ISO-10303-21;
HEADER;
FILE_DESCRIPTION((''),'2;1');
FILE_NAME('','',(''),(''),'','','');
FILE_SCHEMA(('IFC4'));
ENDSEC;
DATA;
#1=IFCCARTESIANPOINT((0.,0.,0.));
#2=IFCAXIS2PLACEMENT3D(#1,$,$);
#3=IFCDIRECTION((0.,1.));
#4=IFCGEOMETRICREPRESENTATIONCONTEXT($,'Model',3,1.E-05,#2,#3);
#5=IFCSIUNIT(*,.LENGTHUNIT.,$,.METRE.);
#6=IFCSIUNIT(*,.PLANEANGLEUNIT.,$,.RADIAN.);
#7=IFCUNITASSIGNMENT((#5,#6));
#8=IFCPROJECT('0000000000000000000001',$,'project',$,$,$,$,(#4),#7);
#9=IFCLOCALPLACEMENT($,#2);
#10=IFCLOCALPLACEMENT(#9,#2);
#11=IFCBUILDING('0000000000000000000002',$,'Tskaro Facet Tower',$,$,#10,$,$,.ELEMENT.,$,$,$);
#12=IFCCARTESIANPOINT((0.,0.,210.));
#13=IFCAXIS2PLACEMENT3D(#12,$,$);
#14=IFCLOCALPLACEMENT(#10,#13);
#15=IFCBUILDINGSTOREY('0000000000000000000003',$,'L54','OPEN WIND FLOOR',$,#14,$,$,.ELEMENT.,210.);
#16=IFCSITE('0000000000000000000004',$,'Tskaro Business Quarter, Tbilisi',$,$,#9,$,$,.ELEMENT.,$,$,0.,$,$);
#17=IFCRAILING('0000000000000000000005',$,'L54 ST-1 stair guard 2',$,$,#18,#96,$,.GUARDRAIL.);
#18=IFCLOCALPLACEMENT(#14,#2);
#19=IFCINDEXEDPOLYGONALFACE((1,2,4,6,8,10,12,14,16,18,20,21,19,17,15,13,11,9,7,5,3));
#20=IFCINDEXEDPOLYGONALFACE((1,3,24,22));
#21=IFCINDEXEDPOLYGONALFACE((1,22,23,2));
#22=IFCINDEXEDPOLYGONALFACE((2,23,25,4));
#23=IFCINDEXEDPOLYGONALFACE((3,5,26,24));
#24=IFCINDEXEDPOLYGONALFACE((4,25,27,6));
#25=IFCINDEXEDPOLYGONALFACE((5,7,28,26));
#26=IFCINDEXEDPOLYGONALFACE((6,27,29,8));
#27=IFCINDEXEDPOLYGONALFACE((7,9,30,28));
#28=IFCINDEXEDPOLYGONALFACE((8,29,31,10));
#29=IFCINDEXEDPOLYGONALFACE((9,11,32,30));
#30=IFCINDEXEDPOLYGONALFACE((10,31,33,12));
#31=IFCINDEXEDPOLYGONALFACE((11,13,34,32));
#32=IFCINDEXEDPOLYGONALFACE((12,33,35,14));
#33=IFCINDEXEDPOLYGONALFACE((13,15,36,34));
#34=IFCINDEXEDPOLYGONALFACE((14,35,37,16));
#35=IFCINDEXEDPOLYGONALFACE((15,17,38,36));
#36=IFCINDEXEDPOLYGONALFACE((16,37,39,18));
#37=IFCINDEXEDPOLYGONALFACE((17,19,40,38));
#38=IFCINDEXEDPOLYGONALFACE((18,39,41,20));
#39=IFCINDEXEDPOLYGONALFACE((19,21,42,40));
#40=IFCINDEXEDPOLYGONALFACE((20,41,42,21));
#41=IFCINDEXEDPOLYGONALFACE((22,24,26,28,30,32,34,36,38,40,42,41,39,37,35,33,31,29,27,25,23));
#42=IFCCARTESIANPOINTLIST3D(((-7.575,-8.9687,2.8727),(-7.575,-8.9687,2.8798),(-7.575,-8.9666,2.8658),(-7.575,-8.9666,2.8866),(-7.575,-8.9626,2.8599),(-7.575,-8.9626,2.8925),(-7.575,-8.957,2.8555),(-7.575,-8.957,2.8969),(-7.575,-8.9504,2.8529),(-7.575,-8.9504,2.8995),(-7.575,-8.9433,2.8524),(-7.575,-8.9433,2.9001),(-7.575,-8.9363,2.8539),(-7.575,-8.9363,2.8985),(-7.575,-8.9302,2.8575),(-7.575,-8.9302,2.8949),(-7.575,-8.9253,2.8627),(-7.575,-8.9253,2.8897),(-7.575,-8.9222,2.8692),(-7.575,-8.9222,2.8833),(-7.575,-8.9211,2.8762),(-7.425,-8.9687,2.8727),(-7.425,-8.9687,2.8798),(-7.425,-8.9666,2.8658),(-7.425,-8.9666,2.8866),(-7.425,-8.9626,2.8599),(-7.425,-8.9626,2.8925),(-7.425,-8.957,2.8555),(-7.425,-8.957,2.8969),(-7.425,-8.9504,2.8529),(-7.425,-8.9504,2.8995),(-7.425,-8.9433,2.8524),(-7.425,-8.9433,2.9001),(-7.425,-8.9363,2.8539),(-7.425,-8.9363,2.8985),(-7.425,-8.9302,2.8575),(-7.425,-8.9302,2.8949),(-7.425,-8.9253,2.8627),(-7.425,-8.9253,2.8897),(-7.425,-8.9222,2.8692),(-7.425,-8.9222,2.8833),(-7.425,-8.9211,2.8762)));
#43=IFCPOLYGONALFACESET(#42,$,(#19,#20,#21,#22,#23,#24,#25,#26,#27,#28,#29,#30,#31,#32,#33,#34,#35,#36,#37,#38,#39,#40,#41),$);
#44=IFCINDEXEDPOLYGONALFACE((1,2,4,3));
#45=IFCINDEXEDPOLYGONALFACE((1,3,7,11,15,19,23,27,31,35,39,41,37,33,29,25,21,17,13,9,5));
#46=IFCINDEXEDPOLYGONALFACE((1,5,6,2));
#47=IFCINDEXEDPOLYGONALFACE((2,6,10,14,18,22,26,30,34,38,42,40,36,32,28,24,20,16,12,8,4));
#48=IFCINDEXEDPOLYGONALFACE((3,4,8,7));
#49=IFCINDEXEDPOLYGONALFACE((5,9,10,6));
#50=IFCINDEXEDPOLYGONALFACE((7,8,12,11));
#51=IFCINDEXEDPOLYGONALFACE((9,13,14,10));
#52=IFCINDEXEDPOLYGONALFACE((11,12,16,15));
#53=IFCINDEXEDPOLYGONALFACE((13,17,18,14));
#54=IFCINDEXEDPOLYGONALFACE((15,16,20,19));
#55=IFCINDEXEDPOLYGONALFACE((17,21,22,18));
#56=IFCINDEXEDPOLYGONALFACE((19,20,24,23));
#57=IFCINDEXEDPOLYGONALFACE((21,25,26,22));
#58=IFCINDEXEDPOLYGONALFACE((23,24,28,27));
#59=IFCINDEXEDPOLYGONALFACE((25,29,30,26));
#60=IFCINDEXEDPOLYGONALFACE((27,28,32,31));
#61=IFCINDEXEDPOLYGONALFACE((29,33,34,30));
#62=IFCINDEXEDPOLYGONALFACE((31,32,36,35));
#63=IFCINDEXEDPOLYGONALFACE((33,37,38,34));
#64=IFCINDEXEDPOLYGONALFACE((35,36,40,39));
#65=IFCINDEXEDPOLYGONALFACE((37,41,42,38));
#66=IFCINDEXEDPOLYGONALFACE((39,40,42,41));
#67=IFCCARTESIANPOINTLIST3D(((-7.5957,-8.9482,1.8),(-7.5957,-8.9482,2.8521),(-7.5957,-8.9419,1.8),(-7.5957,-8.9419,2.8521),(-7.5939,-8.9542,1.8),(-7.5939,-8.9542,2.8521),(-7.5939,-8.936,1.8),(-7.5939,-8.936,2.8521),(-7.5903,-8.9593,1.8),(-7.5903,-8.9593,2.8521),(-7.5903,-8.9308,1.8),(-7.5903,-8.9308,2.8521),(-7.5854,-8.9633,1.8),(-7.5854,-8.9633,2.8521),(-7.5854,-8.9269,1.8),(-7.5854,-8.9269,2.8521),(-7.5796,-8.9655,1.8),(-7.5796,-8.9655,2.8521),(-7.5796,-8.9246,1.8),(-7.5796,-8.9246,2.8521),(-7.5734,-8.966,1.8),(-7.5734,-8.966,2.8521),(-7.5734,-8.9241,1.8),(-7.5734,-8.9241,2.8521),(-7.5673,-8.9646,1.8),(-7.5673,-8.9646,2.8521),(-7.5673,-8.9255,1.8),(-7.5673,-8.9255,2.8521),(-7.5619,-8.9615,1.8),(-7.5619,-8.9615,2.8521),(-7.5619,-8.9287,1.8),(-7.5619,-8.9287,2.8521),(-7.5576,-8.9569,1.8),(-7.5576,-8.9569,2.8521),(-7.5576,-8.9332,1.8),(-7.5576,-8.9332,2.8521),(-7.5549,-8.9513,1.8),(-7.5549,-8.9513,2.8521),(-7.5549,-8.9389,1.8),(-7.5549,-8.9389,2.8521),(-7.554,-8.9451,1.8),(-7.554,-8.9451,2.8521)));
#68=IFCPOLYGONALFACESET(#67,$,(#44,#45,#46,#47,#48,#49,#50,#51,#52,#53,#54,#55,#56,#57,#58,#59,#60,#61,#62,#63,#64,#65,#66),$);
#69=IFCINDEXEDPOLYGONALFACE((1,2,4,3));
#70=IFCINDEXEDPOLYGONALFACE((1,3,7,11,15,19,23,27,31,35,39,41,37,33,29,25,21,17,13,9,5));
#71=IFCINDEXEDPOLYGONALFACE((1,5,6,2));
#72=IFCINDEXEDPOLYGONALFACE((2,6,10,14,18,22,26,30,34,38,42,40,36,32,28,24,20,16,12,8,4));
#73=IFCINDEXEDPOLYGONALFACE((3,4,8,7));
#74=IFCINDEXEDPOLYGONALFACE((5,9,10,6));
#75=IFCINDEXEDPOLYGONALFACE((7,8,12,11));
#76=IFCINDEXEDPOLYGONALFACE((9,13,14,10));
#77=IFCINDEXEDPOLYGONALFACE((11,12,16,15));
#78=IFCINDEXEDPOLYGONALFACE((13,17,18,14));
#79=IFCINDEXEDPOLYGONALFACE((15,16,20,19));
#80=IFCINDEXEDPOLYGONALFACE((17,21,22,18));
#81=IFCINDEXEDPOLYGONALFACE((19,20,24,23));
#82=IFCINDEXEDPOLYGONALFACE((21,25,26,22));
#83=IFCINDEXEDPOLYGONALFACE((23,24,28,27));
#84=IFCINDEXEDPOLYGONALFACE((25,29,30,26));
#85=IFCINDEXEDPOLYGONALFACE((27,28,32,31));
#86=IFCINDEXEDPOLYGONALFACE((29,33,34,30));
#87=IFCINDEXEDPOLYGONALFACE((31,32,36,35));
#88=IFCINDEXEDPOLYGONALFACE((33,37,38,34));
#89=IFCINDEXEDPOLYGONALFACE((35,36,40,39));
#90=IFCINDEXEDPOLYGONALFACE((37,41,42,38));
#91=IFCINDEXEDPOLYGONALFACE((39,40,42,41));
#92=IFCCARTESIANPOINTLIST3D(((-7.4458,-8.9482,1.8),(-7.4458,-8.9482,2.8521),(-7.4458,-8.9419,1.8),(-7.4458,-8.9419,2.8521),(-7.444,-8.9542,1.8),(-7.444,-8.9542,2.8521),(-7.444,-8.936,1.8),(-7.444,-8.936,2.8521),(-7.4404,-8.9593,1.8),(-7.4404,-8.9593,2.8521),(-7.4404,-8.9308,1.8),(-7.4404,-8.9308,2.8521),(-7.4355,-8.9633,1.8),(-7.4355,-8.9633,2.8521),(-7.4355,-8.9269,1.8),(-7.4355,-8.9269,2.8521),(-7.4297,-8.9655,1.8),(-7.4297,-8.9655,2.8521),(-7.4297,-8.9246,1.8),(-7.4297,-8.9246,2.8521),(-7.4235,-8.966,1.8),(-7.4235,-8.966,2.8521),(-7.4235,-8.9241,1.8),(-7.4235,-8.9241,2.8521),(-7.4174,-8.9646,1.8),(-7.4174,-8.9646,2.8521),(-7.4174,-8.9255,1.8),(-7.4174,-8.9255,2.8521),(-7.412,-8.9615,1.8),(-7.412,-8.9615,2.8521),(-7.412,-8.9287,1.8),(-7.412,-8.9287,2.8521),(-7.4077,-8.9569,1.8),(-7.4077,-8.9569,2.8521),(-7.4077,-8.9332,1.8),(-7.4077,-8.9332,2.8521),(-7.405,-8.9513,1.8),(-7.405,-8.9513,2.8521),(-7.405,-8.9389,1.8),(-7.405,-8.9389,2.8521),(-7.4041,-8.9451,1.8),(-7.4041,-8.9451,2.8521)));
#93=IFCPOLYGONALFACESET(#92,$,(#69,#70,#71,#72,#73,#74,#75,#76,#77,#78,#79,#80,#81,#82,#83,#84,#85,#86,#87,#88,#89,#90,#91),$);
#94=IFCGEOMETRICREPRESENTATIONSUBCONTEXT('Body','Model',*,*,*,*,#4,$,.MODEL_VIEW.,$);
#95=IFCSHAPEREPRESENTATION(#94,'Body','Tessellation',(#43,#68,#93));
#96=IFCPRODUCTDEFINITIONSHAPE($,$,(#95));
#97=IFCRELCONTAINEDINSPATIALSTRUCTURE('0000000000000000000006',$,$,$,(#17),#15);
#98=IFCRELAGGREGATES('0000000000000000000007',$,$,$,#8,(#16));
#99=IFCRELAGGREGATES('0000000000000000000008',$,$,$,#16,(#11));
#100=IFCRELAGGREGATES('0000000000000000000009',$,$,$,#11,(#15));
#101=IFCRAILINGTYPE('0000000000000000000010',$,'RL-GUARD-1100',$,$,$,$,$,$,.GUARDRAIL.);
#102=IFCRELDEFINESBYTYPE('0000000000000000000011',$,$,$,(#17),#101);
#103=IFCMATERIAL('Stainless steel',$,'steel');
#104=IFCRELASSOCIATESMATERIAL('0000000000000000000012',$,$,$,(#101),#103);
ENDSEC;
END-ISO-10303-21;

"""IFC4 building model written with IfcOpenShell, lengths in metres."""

from ifc_helpers import new_model, si_unit, direction, frame, origin, origin_2d, place, context, subcontext, project, spatial, circle, extrude, material, type_object, element, save


model = new_model("IFC4")

# Units and contexts
model_context = context("Model", 3, precision=1e-05, world=origin(), true_north=direction((0.0, 1.0)))
body_context = subcontext(model_context, "Body", "Model", "MODEL_VIEW")
ifc_project = project(units=[si_unit("LENGTHUNIT", "METRE"), si_unit("PLANEANGLEUNIT", "RADIAN")], contexts=[model_context])

# Site, building, storey
site_placement = place(None, origin())
site = spatial("IfcSite", under=ifc_project, at=site_placement, Name="Tskaro Business Quarter, Tbilisi", CompositionType="ELEMENT", RefElevation=0.0)
building_placement = place(site_placement, origin())
building = spatial("IfcBuilding", under=site, at=building_placement, Name="Tskaro Facet Tower", CompositionType="ELEMENT")
storey_placement = place(building_placement, frame((0.0, 0.0, 210.0)))
storey = spatial("IfcBuildingStorey", under=building, at=storey_placement, Name="L54", Description="OPEN WIND FLOOR", CompositionType="ELEMENT", Elevation=210.0)

# Shared definitions
ifc_material_1 = material(Name="Stainless steel", Category="steel")

# Railing
railing_type_1 = type_object("IfcRailingType", Name="RL-GUARD-1100", PredefinedType="GUARDRAIL", material=ifc_material_1)
railing_1_placement = place(storey_placement, frame((-7.575, -8.9451, 1.8)))
element("IfcRailing", 1, at=railing_1_placement, inside=storey, type_object=railing_type_1, Name="L54 ST-1 stair guard 2", PredefinedType="GUARDRAIL", context=body_context, shape_type="SweptSolid", body=[
    extrude(circle(Radius=0.0239, at=origin_2d()), frame((0.0, 0.0, 1.0762), z_axis=(1.0, 0.0, 0.0), x_axis=(0.0, 1.0, 0.0)), (0.0, 0.0, 1.0), 0.1499),
    extrude(circle(Radius=0.021, at=origin_2d()), origin(), (0.0, 0.0, 1.0), 1.052),
    extrude(circle(Radius=0.021, at=origin_2d()), frame((0.1499, 0.0, 0.0)), (0.0, 0.0, 1.0), 1.052),
])

save(model, "model.ifc")
